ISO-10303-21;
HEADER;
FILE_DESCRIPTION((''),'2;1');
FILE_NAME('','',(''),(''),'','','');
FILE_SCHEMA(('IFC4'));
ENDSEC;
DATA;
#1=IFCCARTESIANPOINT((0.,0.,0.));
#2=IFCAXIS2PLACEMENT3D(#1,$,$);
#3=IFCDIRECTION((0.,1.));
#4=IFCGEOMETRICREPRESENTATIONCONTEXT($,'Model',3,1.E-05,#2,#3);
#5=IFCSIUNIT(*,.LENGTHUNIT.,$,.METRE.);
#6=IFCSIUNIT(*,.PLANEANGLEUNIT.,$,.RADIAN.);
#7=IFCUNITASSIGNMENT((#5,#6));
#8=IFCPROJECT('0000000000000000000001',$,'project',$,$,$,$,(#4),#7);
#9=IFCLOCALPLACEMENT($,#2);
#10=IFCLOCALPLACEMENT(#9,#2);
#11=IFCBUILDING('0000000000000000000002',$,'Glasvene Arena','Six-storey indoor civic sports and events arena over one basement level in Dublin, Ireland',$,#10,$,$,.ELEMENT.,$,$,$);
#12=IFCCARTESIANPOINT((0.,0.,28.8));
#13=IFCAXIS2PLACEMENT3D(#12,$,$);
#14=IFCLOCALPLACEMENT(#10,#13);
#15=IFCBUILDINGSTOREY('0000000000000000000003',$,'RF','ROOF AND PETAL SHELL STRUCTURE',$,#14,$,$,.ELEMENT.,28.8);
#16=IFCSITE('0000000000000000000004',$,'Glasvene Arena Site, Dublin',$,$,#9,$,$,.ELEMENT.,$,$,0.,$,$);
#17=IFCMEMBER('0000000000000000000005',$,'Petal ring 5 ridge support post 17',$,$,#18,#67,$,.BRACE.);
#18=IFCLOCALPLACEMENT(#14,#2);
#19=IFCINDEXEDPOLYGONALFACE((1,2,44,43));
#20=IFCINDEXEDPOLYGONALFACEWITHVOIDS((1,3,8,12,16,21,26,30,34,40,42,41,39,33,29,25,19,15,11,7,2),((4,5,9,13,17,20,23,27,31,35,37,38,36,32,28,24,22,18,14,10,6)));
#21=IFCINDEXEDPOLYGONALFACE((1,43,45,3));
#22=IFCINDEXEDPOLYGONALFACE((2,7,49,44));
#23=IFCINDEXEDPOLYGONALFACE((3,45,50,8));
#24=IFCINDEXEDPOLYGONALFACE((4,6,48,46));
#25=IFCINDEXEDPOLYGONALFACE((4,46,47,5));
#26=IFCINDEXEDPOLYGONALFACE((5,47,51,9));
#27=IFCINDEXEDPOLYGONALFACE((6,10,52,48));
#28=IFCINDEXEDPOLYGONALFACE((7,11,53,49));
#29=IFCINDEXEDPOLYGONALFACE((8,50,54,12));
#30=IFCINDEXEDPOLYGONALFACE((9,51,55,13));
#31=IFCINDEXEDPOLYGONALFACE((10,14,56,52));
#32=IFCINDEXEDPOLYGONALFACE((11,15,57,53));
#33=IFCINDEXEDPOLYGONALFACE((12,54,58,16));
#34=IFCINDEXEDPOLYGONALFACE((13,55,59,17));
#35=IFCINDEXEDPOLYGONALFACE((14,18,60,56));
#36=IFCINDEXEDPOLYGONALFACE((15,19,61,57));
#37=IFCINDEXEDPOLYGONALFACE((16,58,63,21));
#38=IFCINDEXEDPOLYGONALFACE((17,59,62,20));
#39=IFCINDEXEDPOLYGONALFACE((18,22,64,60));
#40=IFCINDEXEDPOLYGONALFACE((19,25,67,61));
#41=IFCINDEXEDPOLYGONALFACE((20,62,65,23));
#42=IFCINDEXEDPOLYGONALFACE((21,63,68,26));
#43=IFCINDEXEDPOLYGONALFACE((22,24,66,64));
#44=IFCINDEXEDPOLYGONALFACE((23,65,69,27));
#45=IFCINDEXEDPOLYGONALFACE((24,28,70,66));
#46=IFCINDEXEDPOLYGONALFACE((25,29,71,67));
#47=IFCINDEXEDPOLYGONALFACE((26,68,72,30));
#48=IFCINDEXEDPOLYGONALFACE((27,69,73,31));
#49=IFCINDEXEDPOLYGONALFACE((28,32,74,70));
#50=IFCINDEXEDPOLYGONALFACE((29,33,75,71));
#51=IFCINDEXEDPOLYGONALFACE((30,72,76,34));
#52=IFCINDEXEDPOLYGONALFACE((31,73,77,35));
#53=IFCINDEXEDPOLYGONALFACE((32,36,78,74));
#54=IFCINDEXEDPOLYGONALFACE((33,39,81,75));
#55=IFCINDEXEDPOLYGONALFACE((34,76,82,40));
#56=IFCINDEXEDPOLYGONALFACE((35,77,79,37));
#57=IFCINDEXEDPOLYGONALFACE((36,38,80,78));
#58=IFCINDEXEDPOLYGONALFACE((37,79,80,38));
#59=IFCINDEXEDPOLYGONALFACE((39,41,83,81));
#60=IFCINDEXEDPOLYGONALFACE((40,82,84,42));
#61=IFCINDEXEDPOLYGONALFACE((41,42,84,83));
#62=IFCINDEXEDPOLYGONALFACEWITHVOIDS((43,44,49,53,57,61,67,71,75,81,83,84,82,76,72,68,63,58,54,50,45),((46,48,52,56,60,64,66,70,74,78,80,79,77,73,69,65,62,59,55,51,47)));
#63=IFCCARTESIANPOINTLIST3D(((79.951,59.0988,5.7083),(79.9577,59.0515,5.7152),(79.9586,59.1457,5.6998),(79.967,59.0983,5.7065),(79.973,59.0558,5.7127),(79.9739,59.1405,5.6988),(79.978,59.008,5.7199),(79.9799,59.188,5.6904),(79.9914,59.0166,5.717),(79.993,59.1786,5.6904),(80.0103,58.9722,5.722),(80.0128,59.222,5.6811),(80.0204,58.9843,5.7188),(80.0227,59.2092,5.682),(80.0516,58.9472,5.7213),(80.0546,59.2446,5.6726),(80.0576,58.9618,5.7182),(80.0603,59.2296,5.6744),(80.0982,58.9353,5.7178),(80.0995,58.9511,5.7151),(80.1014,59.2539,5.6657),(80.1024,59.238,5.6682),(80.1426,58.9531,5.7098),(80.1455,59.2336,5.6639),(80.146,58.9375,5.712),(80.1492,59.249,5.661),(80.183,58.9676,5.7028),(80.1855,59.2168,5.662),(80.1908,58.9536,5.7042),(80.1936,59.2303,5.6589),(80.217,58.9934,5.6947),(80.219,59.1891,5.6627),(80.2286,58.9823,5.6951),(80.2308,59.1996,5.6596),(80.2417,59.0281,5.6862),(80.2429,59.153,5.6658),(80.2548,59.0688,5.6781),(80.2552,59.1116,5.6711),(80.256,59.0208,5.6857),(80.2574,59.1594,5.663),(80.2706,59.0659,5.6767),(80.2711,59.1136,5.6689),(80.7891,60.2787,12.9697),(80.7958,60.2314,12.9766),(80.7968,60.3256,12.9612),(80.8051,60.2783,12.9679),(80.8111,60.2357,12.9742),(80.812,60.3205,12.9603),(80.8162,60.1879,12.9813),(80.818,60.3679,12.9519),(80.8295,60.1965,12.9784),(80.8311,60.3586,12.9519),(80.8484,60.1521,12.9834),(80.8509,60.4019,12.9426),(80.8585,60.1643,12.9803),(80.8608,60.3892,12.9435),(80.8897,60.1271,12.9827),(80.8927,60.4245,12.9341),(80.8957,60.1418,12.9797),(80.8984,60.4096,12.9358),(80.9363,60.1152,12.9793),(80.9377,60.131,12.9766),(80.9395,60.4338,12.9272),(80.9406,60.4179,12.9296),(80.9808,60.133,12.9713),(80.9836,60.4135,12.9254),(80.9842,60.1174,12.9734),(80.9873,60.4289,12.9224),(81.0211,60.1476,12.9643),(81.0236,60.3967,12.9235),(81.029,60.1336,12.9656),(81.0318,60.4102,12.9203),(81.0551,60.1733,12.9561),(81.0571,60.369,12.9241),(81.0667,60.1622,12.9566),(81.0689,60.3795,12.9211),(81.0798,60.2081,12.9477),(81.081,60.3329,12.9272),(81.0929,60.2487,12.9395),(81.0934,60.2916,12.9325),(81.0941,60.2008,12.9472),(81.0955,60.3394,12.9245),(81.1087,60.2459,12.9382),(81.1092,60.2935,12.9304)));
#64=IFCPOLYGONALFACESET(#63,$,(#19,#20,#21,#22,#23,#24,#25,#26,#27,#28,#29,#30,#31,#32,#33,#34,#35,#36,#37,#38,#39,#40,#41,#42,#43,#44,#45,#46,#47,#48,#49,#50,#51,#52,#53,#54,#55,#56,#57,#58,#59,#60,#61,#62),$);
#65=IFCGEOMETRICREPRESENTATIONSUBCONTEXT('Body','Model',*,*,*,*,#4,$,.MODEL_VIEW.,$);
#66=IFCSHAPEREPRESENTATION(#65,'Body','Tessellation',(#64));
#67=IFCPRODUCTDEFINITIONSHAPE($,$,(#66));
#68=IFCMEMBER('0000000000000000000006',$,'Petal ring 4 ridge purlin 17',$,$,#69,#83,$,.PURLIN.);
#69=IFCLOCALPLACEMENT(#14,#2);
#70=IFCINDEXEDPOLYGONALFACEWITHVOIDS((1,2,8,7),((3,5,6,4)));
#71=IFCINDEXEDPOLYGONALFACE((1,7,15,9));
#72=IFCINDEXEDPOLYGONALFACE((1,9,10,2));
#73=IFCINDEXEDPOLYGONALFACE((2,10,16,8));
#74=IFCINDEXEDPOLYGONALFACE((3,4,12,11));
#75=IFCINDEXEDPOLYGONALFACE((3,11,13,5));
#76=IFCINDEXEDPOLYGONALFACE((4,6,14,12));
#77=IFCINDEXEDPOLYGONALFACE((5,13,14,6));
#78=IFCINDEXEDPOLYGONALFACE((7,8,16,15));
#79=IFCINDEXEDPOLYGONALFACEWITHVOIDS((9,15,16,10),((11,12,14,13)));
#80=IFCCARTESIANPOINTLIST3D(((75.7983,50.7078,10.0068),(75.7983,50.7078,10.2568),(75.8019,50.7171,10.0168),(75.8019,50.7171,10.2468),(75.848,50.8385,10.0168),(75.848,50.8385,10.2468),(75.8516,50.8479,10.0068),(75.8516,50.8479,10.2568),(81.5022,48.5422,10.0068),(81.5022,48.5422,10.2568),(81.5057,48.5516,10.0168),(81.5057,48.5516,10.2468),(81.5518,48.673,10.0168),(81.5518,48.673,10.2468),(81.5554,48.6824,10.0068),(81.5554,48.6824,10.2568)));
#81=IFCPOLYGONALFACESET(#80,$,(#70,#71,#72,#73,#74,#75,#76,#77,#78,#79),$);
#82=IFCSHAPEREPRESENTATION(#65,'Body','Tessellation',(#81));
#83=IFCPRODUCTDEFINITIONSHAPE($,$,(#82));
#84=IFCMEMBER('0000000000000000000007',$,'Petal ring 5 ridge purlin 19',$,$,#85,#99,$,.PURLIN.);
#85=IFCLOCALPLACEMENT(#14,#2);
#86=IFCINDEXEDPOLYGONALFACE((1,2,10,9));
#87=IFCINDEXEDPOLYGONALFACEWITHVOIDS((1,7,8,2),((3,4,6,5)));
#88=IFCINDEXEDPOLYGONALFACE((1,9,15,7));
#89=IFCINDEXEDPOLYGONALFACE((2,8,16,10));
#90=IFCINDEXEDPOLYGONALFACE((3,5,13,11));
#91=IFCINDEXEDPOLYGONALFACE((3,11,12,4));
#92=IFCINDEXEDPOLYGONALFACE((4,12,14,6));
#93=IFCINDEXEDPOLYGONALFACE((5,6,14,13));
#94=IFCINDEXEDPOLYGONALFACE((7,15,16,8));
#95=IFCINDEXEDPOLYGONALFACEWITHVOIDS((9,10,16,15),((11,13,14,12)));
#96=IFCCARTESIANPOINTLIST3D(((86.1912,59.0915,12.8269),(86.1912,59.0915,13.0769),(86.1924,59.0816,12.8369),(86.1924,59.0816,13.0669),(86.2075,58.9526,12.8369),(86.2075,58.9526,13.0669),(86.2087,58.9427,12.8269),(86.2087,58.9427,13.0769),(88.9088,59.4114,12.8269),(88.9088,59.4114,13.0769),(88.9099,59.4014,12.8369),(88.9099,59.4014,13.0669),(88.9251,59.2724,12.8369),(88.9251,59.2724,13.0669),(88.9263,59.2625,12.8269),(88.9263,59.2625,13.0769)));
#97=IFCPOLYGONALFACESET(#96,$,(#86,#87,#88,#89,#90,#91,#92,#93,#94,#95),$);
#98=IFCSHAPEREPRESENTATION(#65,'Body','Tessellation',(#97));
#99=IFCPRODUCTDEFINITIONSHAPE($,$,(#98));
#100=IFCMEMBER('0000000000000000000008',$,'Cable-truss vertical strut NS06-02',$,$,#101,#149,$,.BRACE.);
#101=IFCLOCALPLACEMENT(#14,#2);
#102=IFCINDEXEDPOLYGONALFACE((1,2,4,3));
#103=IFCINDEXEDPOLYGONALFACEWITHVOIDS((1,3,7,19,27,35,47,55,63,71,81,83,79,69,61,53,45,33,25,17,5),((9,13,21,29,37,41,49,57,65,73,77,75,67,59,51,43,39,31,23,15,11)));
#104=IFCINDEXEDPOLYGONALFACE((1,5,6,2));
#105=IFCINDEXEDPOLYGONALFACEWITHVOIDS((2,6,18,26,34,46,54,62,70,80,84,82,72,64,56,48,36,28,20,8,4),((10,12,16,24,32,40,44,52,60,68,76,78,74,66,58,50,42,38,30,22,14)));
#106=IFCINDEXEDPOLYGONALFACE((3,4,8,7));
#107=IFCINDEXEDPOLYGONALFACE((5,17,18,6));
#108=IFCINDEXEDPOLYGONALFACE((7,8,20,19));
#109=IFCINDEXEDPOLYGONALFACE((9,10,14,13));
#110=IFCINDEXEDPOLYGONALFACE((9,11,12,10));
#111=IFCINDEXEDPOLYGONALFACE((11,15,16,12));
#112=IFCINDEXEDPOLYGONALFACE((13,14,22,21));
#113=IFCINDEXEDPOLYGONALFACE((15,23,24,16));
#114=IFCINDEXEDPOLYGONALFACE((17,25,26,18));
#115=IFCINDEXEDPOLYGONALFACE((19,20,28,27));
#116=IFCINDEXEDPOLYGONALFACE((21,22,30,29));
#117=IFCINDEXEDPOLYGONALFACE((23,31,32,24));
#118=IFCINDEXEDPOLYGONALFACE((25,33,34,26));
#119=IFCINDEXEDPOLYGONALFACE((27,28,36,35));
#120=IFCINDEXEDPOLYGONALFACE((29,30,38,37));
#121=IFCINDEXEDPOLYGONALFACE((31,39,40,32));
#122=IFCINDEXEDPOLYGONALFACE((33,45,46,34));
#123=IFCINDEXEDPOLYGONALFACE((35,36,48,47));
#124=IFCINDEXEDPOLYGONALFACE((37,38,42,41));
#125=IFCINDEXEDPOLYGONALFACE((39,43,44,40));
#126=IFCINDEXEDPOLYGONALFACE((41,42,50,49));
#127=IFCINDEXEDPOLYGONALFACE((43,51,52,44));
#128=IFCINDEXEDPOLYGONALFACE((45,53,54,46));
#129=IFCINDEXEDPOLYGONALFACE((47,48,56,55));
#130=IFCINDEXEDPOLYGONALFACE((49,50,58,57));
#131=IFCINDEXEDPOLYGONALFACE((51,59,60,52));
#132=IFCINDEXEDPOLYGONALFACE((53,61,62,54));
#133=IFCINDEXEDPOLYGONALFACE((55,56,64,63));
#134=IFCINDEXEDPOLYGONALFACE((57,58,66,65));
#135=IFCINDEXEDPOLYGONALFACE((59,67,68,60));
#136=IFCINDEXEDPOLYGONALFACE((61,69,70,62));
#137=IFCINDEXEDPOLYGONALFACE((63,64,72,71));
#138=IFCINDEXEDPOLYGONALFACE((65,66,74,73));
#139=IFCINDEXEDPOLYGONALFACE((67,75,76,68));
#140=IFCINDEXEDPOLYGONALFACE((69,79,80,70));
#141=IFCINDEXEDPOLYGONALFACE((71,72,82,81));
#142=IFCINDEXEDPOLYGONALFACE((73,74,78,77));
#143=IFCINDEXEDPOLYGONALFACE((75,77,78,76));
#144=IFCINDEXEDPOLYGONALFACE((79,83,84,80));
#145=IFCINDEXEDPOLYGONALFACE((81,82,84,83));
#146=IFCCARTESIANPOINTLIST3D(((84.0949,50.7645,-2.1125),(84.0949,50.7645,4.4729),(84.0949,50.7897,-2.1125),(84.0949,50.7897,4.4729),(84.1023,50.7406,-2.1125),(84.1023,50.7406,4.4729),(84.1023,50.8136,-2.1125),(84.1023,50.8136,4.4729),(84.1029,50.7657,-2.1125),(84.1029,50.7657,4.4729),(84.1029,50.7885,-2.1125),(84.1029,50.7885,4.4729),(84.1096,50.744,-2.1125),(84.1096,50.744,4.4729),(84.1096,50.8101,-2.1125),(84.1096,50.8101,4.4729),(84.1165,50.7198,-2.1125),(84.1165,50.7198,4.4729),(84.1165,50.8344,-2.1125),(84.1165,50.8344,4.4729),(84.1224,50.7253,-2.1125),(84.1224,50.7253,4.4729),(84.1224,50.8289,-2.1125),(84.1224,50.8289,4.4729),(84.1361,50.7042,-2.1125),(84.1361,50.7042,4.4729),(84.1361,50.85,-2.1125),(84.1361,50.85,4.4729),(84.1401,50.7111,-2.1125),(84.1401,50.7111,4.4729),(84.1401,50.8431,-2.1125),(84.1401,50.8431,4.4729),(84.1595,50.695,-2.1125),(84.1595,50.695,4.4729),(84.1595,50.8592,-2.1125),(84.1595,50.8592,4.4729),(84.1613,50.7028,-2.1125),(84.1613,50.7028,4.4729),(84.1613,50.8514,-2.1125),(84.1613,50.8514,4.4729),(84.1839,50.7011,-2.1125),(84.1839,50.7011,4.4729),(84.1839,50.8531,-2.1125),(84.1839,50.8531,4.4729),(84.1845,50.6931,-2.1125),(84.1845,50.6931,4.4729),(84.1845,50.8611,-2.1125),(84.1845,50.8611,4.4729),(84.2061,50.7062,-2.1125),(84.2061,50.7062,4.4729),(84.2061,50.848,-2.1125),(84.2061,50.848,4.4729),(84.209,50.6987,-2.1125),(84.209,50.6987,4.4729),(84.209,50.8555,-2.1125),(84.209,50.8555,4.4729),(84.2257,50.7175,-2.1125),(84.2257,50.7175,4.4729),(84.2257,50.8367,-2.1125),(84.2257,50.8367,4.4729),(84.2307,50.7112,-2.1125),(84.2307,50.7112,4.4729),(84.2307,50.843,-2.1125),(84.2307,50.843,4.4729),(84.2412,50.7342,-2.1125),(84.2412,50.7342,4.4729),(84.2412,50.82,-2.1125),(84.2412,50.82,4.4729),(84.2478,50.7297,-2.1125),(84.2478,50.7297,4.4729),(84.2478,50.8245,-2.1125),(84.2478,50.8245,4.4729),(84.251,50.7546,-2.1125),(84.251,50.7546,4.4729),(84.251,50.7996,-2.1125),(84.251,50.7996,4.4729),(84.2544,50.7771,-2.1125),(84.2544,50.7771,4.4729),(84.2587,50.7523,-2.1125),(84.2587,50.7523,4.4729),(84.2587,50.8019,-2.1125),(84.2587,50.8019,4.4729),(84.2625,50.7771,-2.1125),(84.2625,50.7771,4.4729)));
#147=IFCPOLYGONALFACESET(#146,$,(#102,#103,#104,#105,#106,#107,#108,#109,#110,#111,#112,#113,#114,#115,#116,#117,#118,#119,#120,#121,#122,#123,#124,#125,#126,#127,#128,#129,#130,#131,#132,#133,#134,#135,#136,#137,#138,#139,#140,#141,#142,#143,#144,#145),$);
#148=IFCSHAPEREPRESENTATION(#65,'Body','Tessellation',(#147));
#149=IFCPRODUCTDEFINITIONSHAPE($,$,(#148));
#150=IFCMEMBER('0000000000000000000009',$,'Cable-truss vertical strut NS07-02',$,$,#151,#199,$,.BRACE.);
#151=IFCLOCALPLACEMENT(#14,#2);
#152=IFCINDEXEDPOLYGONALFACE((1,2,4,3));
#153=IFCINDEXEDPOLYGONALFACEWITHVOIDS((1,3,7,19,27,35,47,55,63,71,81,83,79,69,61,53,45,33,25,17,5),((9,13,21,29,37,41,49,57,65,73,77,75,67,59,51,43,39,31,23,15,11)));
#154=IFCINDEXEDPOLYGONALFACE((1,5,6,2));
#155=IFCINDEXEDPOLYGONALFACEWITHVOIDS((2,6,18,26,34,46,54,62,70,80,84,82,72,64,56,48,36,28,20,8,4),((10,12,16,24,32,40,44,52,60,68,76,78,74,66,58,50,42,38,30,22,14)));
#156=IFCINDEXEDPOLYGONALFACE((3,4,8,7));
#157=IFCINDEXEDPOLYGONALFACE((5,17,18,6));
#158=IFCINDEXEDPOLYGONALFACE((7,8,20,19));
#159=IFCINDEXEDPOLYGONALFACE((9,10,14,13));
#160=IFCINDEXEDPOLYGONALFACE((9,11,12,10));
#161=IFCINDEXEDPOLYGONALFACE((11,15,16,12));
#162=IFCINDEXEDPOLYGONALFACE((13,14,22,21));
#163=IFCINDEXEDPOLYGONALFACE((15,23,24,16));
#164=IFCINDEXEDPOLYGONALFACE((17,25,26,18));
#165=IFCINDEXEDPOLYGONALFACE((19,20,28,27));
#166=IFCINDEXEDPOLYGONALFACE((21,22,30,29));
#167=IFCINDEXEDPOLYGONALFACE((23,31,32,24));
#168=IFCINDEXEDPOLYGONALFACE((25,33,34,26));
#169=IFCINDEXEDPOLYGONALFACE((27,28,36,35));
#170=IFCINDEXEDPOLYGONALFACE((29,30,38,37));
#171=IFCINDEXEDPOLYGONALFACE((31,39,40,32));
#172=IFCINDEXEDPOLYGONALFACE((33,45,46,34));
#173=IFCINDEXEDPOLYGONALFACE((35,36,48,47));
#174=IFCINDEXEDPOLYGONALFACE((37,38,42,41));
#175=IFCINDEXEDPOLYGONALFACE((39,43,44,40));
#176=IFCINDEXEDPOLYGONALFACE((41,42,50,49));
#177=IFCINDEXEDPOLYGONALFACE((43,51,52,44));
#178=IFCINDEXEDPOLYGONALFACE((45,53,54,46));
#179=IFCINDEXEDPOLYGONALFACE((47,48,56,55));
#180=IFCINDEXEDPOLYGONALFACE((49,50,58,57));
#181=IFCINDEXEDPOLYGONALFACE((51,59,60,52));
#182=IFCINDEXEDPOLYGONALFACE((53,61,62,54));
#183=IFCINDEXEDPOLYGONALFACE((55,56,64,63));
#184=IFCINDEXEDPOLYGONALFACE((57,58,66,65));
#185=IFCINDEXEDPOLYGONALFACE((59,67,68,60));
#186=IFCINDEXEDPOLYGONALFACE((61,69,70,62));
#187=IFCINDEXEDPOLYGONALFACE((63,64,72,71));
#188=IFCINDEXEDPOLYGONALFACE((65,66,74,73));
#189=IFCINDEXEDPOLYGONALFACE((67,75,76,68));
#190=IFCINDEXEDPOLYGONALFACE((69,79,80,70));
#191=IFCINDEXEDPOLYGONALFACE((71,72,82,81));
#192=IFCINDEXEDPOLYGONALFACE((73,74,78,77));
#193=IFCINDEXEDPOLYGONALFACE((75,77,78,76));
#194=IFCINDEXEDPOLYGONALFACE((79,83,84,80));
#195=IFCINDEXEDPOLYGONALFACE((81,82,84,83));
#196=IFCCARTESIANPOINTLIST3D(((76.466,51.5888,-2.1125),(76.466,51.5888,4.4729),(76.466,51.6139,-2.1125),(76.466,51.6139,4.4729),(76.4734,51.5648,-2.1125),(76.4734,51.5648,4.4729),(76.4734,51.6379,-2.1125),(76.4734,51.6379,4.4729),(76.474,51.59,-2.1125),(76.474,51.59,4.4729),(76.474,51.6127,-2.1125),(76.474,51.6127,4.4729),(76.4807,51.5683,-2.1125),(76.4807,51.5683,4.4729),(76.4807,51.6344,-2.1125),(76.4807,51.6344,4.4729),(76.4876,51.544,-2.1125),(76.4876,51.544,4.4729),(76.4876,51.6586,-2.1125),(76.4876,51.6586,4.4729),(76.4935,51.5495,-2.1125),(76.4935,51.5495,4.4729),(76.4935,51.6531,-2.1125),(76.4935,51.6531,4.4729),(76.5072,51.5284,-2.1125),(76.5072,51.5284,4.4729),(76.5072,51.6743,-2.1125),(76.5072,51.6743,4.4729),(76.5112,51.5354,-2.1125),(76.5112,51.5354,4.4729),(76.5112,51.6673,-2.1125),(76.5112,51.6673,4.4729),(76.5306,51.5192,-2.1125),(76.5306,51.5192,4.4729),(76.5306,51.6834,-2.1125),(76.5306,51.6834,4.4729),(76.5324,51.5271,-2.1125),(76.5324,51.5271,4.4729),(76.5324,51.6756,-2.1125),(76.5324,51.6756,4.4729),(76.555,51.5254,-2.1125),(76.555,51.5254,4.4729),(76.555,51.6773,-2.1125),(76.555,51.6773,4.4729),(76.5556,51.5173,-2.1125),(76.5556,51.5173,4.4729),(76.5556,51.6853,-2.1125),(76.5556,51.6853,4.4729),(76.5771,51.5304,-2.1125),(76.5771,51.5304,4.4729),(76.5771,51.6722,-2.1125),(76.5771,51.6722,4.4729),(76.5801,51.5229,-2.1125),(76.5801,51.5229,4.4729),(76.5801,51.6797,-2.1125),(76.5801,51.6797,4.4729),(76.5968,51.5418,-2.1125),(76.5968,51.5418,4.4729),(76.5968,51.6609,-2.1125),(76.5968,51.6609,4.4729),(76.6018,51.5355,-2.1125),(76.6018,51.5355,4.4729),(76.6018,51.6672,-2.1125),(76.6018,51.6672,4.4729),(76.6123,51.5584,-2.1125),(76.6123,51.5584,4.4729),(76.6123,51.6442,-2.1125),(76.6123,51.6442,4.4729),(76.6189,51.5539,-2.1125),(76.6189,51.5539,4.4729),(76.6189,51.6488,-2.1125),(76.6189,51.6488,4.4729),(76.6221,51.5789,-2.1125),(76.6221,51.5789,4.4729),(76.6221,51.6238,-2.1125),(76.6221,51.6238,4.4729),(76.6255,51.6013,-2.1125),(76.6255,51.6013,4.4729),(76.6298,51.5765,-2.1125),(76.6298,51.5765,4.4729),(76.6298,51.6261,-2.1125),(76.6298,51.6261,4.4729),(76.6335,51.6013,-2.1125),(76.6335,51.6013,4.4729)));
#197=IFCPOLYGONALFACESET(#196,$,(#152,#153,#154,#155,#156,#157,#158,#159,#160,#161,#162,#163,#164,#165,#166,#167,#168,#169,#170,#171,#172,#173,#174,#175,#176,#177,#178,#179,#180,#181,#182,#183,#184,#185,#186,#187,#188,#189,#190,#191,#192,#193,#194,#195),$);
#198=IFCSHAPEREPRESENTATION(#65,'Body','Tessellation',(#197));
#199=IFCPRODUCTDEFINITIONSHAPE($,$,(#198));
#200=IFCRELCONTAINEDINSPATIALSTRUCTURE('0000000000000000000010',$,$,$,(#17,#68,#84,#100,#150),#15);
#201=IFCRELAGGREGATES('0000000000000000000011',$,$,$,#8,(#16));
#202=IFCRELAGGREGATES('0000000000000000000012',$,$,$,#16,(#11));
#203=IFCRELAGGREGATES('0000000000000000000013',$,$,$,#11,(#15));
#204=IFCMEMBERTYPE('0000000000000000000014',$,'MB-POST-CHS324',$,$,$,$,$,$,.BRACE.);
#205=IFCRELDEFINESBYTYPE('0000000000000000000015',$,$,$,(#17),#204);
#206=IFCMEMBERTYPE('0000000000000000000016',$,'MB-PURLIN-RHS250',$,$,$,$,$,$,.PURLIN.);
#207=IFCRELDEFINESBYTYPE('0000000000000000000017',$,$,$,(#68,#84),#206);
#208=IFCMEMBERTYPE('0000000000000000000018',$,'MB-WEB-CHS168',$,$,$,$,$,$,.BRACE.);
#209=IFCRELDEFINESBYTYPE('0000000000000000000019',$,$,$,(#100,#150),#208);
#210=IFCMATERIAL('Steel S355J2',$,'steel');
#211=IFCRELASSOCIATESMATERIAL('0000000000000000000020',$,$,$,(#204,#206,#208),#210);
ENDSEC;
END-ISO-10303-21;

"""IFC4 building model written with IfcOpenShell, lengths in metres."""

from ifc_helpers import new_model, si_unit, direction, frame, origin, origin_2d, place, context, subcontext, project, spatial, hollow_rectangle, hollow_circle, extrude, material, material_profile, profile_set, type_object, element, save


model = new_model("IFC4")

# Units and contexts
model_context = context("Model", 3, precision=1e-05, world=origin(), true_north=direction((0.0, 1.0)))
body_context = subcontext(model_context, "Body", "Model", "MODEL_VIEW")
ifc_project = project(units=[si_unit("LENGTHUNIT", "METRE"), si_unit("PLANEANGLEUNIT", "RADIAN")], contexts=[model_context])

# Site, building, storey
site_placement = place(None, origin())
site = spatial("IfcSite", under=ifc_project, at=site_placement, Name="Glasvene Arena Site, Dublin", CompositionType="ELEMENT", RefElevation=0.0)
building_placement = place(site_placement, origin())
building = spatial("IfcBuilding", under=site, at=building_placement, Name="Glasvene Arena", Description="Six-storey indoor civic sports and events arena over one basement level in Dublin, Ireland", CompositionType="ELEMENT")
storey_placement = place(building_placement, frame((0.0, 0.0, 28.8)))
storey = spatial("IfcBuildingStorey", under=building, at=storey_placement, Name="RF", Description="ROOF AND PETAL SHELL STRUCTURE", CompositionType="ELEMENT", Elevation=28.8)

# Shared definitions
ifc_material_1 = material(Name="Steel S355J2", Category="steel")

# Members
ifc_material_profile_1 = material_profile(ifc_material_1, hollow_circle(Radius=0.1619, WallThickness=0.0161, at=origin_2d()), Name="CHS 323.9x16.0")
ifc_profile_set_1 = profile_set([ifc_material_profile_1], Name="Steel S355J2")
member_type_1 = type_object("IfcMemberType", Name="MB-POST-CHS324", PredefinedType="BRACE", material=ifc_profile_set_1)
member_1_placement = place(storey_placement, frame((80.1118, 59.0942, 5.6904), z_axis=(0.113196, 0.159358, 0.98071), x_axis=(-0.815258, 0.579098, 0.0)))
element("IfcMember", 1, at=member_1_placement, inside=storey, type_object=member_type_1, Name="Petal ring 5 ridge support post 17", PredefinedType="BRACE", context=body_context, shape_type="SweptSolid", body=[
    extrude(hollow_circle(Radius=0.1619, WallThickness=0.0161, at=origin_2d()), origin(), (0.0, 0.0, 1.0), 7.4043),
])
ifc_material_profile_2 = material_profile(ifc_material_1, hollow_rectangle(XDim=0.1499, YDim=0.25, WallThickness=0.01, at=origin_2d()), Name="RHS 250x150x10.0")
ifc_profile_set_2 = profile_set([ifc_material_profile_2], Name="Steel S355J2")
member_type_2 = type_object("IfcMemberType", Name="MB-PURLIN-RHS250", PredefinedType="PURLIN", material=ifc_profile_set_2)
member_2_placement = place(storey_placement, frame((75.825, 50.7778, 10.1318), z_axis=(0.934889, -0.35494, 0.0), x_axis=(0.35494, 0.934889, 0.0)))
element("IfcMember", 2, at=member_2_placement, inside=storey, type_object=member_type_2, Name="Petal ring 4 ridge purlin 17", PredefinedType="PURLIN", context=body_context, shape_type="SweptSolid", body=[
    extrude(hollow_rectangle(XDim=0.1499, YDim=0.25, WallThickness=0.01, at=origin_2d()), origin(), (0.0, 0.0, 1.0), 6.1011),
])
member_3_placement = place(storey_placement, frame((86.2, 59.0171, 12.9519), z_axis=(0.993146, 0.116883, 0.0), x_axis=(-0.116883, 0.993146, 0.0)))
element("IfcMember", 3, at=member_3_placement, inside=storey, type_object=member_type_2, Name="Petal ring 5 ridge purlin 19", PredefinedType="PURLIN", context=body_context, shape_type="SweptSolid", body=[
    extrude(hollow_rectangle(XDim=0.1499, YDim=0.25, WallThickness=0.01, at=origin_2d()), origin(), (0.0, 0.0, 1.0), 2.7363),
])
ifc_material_profile_3 = material_profile(ifc_material_1, hollow_circle(Radius=0.0842, WallThickness=0.0081, at=origin_2d()), Name="CHS 168.3x8.0")
ifc_profile_set_3 = profile_set([ifc_material_profile_3], Name="Steel S355J2")
member_type_3 = type_object("IfcMemberType", Name="MB-WEB-CHS168", PredefinedType="BRACE", material=ifc_profile_set_3)
for number, where, z_axis, x_axis, name in (
    (4, (84.1782, 50.7771, -2.1125), (0.0, 0.0, 1.0), (1.0, 0.0, 0.0), "Cable-truss vertical strut NS06-02"),
    (5, (76.5493, 51.6013, -2.1125), (0.0, 0.0, 1.0), (1.0, 0.0, 0.0), "Cable-truss vertical strut NS07-02"),
):
    element("IfcMember", number, at=place(storey_placement, frame(where, z_axis=z_axis, x_axis=x_axis)), inside=storey, type_object=member_type_3, Name=name, PredefinedType="BRACE", context=body_context, shape_type="SweptSolid", body=[
        extrude(hollow_circle(Radius=0.0842, WallThickness=0.0081, at=origin_2d()), origin(), (0.0, 0.0, 1.0), 6.5854),
    ])

save(model, "model.ifc")
